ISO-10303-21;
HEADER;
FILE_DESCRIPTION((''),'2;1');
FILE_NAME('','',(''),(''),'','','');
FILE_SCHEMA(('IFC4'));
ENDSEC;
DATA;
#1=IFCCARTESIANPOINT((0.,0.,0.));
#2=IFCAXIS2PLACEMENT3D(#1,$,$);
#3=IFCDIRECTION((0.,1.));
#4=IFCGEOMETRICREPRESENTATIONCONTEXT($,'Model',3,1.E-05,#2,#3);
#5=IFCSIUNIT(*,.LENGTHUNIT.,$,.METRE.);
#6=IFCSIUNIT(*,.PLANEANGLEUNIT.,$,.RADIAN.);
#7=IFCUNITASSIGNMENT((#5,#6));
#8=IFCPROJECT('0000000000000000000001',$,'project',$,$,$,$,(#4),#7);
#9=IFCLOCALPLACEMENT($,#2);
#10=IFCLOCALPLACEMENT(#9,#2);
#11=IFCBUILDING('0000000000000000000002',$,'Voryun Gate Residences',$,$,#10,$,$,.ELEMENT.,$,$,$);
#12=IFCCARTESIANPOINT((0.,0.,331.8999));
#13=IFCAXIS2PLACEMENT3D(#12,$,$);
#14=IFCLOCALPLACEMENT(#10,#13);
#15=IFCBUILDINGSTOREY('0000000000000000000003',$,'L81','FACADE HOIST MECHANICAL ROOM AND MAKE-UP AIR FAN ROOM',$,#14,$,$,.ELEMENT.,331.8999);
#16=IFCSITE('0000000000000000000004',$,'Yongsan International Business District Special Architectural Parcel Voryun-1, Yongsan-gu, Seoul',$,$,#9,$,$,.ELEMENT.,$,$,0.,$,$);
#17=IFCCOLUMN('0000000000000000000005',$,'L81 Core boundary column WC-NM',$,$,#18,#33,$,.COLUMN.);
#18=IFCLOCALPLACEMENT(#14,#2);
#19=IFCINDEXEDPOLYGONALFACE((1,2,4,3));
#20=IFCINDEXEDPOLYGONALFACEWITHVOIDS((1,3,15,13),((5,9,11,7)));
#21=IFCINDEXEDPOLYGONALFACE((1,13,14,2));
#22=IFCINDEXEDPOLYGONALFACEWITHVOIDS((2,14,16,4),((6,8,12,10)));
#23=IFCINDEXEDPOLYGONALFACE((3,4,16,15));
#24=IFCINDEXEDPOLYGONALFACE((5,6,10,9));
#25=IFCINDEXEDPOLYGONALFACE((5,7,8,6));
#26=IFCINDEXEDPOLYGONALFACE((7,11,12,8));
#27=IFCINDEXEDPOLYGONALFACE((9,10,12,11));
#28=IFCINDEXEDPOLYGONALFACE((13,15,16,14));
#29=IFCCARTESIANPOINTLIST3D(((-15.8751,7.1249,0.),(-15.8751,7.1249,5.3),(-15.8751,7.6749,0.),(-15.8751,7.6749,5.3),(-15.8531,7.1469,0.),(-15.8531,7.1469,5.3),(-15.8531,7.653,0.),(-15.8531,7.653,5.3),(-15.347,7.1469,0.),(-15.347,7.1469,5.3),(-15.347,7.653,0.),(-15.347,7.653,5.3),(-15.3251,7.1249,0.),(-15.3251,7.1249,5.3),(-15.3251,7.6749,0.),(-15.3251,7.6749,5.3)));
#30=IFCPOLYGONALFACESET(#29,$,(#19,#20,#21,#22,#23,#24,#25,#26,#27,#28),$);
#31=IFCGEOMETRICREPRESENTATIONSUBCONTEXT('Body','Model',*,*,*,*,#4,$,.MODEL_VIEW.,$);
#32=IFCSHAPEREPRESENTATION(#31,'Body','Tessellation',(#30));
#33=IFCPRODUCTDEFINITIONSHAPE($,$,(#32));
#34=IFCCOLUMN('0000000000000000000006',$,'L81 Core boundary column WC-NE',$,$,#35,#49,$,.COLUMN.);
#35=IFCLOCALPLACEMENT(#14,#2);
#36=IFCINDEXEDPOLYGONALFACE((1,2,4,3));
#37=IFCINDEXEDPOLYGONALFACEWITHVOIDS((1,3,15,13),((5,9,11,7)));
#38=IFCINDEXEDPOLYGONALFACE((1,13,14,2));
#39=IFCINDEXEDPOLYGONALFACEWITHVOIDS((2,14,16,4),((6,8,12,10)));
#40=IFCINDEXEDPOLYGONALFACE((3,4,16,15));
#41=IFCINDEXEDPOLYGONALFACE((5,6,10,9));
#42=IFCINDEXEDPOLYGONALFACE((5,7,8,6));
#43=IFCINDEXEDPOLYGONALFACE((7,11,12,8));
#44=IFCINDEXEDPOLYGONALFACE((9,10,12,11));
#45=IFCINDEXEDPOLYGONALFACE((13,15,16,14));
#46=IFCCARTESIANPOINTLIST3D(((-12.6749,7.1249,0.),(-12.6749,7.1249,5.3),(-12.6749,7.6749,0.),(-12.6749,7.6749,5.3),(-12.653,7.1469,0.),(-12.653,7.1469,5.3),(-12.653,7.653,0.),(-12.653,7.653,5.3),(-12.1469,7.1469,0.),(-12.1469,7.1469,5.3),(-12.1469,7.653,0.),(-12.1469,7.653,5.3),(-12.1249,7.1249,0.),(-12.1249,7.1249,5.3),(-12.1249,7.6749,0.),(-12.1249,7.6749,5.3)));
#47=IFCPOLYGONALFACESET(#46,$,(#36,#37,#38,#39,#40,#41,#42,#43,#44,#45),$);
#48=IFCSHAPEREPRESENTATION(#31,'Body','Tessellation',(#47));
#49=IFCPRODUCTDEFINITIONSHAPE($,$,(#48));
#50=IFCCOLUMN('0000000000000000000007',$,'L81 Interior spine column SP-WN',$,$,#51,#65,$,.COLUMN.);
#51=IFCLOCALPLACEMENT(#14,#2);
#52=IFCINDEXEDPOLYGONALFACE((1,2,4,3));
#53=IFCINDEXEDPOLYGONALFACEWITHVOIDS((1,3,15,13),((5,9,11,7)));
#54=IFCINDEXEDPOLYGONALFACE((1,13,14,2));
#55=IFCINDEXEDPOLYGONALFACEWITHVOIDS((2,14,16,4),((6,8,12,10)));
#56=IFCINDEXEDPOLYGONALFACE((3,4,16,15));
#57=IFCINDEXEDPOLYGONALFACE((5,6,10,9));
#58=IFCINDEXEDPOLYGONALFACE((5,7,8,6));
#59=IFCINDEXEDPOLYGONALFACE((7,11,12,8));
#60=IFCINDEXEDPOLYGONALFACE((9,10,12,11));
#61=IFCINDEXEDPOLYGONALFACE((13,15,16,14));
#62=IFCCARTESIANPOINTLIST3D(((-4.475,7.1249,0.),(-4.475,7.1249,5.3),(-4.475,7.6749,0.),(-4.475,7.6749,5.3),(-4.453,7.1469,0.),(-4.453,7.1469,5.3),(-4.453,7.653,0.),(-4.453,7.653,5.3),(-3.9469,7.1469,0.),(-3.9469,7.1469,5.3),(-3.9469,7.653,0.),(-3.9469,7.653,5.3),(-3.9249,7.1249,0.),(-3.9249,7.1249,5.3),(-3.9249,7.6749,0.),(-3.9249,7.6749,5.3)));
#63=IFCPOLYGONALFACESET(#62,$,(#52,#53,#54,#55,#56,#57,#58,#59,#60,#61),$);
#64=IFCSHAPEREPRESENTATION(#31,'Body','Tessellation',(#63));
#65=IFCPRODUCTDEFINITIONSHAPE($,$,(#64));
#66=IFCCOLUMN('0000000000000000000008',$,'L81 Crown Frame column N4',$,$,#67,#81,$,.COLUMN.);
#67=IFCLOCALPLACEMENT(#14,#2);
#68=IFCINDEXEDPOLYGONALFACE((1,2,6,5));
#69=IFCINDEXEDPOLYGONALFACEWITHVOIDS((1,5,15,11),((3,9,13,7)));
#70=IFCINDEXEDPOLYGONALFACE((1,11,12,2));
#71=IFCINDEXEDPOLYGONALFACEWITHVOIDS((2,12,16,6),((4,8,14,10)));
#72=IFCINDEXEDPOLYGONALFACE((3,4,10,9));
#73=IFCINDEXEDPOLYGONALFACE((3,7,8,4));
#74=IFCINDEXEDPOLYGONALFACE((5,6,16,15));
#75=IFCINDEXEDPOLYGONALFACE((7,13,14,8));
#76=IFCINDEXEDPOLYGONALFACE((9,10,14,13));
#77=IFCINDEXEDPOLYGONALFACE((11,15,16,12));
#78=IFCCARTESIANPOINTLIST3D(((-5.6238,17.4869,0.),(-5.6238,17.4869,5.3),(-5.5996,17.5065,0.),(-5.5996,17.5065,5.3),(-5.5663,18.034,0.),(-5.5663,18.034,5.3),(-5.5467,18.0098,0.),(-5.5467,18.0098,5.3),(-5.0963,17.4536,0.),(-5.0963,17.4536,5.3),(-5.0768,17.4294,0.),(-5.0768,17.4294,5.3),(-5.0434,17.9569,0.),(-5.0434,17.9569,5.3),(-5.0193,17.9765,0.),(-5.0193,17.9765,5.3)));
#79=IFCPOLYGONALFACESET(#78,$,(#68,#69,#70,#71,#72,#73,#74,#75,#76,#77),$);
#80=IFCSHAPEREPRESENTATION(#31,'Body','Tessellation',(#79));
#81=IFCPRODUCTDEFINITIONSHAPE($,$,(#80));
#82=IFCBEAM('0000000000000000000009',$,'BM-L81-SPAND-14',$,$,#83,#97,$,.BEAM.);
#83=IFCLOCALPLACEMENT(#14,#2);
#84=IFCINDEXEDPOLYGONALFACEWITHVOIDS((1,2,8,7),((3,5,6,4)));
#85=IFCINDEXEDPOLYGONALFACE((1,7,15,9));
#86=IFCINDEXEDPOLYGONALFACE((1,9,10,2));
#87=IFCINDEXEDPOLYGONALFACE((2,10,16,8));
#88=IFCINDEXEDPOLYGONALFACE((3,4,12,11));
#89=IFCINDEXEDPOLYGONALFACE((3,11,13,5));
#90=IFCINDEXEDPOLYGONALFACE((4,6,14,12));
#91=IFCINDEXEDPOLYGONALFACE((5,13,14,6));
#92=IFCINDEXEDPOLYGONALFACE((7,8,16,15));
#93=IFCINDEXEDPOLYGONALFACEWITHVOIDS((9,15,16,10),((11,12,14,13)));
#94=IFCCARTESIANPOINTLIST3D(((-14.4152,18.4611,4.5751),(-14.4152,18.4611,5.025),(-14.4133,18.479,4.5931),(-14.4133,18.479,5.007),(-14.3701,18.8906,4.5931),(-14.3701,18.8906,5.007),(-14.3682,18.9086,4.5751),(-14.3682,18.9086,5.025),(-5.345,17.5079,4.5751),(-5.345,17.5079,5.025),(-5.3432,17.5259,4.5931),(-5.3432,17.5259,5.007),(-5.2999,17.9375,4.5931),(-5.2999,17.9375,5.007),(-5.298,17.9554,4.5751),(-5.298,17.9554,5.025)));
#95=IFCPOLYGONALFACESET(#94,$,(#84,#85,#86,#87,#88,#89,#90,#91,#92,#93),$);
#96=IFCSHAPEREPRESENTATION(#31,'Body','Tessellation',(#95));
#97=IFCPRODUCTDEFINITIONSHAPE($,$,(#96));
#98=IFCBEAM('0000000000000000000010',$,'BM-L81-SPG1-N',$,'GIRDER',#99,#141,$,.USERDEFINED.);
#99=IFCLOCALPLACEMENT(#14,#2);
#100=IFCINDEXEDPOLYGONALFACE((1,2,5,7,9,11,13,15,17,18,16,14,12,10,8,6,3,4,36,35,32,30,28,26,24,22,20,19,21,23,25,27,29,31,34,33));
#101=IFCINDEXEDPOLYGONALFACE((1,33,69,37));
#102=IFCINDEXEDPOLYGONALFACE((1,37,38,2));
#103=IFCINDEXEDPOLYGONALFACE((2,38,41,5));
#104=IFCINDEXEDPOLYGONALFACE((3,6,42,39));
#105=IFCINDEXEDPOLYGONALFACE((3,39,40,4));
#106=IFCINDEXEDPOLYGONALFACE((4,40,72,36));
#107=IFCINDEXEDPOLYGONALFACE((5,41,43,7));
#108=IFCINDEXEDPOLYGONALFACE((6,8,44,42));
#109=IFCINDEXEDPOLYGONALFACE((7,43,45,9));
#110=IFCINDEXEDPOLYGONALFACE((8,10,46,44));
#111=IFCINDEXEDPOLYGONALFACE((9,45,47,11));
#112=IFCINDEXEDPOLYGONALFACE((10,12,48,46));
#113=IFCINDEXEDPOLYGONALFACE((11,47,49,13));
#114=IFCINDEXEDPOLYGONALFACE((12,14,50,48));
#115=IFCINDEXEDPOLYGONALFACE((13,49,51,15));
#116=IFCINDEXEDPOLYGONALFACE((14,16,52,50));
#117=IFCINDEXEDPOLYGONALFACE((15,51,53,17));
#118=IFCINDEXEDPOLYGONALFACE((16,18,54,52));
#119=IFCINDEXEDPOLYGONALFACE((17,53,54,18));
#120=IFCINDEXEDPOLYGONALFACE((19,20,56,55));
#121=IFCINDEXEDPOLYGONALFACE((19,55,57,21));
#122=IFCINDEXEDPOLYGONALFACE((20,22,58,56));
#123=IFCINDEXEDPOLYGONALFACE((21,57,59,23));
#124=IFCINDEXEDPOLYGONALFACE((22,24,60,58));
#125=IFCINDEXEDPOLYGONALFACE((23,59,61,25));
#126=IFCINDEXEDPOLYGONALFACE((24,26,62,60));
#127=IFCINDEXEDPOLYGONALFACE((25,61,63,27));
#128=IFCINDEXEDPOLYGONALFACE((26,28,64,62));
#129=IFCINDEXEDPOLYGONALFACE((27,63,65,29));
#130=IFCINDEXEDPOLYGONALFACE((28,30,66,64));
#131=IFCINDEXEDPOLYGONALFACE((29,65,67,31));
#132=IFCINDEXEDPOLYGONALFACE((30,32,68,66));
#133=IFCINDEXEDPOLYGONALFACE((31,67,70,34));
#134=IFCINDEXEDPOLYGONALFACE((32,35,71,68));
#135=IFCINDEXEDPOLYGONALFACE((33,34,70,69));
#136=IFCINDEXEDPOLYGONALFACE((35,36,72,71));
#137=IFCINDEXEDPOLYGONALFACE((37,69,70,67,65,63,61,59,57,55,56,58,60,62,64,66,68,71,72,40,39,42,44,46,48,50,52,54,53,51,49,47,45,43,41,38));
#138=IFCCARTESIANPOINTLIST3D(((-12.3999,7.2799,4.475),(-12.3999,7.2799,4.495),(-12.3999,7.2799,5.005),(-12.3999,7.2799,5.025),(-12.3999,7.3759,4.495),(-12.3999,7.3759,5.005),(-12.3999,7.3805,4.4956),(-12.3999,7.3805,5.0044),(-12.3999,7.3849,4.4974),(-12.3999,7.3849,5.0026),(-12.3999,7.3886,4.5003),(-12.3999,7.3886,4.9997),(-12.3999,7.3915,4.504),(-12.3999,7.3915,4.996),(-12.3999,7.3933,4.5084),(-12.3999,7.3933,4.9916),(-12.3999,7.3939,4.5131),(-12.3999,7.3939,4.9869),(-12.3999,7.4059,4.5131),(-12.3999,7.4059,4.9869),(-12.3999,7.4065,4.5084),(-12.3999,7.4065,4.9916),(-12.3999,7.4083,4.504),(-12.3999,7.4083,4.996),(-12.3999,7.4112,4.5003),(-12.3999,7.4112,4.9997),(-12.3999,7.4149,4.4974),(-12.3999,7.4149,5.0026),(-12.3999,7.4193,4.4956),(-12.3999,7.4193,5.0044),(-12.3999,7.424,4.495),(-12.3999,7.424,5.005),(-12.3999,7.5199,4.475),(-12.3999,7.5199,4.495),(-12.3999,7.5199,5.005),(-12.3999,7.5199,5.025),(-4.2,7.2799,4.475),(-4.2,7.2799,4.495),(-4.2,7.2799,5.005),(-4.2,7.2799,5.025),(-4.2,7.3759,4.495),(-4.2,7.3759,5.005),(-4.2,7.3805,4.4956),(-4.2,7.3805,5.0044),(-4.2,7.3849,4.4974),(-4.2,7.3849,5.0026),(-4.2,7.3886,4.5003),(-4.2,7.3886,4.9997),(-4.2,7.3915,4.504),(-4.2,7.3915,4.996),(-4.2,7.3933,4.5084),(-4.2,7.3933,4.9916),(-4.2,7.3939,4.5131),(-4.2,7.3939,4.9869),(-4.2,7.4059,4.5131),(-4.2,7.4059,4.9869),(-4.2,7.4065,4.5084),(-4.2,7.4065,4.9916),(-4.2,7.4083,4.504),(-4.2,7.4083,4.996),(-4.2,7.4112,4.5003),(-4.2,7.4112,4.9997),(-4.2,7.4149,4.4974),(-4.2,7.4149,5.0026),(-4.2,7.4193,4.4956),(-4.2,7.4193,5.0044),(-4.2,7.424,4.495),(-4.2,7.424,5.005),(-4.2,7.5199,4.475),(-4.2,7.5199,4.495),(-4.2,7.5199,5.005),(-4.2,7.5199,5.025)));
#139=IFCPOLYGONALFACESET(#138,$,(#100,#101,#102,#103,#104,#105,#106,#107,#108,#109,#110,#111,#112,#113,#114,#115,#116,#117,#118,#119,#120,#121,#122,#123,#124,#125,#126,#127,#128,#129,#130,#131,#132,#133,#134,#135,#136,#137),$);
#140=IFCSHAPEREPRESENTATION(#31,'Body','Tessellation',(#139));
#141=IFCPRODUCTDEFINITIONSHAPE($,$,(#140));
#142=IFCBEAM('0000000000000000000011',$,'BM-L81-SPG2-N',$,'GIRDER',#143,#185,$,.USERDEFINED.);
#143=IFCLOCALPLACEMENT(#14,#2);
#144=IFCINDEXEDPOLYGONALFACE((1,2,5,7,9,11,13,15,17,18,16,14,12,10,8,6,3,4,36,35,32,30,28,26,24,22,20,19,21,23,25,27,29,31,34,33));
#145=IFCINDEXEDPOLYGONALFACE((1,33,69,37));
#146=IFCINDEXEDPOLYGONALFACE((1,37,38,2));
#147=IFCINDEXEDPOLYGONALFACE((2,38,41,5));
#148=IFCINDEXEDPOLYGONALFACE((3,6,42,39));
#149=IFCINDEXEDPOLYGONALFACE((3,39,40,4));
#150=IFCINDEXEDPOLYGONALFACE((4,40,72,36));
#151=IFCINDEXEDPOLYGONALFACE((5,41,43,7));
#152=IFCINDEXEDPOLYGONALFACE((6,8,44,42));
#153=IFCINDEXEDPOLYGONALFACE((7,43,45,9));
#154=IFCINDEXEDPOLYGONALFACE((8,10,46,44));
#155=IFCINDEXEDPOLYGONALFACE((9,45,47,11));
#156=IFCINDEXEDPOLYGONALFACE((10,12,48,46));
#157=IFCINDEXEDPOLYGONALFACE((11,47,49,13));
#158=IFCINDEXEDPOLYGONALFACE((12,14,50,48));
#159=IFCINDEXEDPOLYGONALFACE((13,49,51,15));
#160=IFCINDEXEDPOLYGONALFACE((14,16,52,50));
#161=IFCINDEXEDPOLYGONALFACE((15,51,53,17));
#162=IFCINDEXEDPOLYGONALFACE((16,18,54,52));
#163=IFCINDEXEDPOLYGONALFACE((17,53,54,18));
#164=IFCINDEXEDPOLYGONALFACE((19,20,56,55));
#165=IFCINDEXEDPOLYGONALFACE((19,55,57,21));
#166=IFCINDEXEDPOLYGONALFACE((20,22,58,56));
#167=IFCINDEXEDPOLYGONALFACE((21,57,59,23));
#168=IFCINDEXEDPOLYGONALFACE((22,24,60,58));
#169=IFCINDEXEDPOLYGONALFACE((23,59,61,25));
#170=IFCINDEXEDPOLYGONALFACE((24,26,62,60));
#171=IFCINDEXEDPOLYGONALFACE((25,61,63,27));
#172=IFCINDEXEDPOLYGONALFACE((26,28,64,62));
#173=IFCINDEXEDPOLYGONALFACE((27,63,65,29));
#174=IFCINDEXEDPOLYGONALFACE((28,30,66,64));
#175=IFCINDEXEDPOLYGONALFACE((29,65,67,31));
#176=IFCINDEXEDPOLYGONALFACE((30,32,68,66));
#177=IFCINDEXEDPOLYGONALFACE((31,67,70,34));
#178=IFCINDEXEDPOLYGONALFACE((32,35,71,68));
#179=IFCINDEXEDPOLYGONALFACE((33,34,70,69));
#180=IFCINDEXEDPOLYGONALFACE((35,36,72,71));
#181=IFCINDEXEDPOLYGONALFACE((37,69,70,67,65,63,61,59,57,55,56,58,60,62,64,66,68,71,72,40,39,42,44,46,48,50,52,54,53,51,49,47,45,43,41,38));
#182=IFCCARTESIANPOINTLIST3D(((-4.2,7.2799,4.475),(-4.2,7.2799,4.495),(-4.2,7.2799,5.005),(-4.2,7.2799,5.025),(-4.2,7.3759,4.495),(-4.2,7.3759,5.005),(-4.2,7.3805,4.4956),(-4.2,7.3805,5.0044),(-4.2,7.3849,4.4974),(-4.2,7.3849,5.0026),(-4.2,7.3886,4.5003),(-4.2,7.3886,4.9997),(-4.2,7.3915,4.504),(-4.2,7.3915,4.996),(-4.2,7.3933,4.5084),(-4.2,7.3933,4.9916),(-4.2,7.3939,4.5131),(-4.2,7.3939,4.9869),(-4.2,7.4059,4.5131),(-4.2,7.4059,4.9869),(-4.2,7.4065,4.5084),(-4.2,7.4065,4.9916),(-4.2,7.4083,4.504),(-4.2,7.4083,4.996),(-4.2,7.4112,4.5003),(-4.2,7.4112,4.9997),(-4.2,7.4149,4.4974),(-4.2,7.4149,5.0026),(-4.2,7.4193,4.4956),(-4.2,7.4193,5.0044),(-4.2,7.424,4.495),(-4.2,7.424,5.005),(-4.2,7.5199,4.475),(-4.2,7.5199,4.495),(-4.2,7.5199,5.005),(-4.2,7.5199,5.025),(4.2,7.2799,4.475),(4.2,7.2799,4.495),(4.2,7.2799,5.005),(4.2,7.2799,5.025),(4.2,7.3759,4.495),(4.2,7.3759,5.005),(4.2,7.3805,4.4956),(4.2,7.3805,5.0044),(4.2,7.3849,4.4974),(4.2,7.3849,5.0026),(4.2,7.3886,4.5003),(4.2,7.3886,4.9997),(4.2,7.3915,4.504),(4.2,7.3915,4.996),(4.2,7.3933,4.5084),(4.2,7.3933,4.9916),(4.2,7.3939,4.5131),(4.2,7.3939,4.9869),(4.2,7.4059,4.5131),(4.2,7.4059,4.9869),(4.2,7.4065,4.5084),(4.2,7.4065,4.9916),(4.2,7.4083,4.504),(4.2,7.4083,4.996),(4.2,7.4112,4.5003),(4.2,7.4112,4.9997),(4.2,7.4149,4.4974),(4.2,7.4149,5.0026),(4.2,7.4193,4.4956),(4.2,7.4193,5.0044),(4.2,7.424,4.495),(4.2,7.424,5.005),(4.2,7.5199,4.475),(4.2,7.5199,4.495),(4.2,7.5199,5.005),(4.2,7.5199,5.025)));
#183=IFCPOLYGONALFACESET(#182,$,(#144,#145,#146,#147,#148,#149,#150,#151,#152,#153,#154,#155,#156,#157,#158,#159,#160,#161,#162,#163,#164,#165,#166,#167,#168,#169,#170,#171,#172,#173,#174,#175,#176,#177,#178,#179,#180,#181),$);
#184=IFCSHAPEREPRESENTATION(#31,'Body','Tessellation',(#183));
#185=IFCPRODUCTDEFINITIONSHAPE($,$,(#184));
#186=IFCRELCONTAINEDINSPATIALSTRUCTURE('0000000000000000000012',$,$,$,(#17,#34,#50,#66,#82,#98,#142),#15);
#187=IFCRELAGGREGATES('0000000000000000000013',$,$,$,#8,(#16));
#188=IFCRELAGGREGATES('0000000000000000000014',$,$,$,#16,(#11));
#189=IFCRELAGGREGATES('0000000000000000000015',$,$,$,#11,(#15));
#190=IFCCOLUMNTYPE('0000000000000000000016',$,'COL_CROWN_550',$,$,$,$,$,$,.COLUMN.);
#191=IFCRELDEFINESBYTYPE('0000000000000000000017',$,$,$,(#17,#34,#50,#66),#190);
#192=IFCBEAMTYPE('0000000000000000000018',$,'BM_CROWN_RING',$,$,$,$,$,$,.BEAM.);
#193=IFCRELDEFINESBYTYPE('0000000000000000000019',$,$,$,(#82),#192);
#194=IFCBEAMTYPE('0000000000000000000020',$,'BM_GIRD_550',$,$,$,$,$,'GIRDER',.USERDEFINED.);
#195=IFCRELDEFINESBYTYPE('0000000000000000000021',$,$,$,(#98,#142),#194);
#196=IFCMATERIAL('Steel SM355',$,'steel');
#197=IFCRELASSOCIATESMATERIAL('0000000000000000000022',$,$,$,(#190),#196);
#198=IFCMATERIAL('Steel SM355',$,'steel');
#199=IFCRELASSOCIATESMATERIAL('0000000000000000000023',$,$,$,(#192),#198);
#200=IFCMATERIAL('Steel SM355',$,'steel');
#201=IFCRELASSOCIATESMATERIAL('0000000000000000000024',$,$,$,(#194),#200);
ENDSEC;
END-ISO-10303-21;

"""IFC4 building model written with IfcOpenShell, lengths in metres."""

from ifc_helpers import new_model, si_unit, direction, frame, origin, origin_2d, place, context, subcontext, project, spatial, hollow_rectangle, i_section, extrude, material, material_profile, profile_set, type_object, element, save


model = new_model("IFC4")

# Units and contexts
model_context = context("Model", 3, precision=1e-05, world=origin(), true_north=direction((0.0, 1.0)))
body_context = subcontext(model_context, "Body", "Model", "MODEL_VIEW")
ifc_project = project(units=[si_unit("LENGTHUNIT", "METRE"), si_unit("PLANEANGLEUNIT", "RADIAN")], contexts=[model_context])

# Site, building, storey
site_placement = place(None, origin())
site = spatial("IfcSite", under=ifc_project, at=site_placement, Name="Yongsan International Business District Special Architectural Parcel Voryun-1, Yongsan-gu, Seoul", CompositionType="ELEMENT", RefElevation=0.0)
building_placement = place(site_placement, origin())
building = spatial("IfcBuilding", under=site, at=building_placement, Name="Voryun Gate Residences", CompositionType="ELEMENT")
storey_placement = place(building_placement, frame((0.0, 0.0, 331.8999)))
storey = spatial("IfcBuildingStorey", under=building, at=storey_placement, Name="L81", Description="FACADE HOIST MECHANICAL ROOM AND MAKE-UP AIR FAN ROOM", CompositionType="ELEMENT", Elevation=331.8999)

# Columns
ifc_material_1 = material(Name="Steel SM355", Category="steel")
ifc_material_profile_1 = material_profile(ifc_material_1, hollow_rectangle(XDim=0.55, YDim=0.55, WallThickness=0.022, at=origin_2d()), Name="BOX-550x550x22")
ifc_profile_set_1 = profile_set([ifc_material_profile_1], Name="Steel SM355")
column_type = type_object("IfcColumnType", Name="COL_CROWN_550", PredefinedType="COLUMN", material=ifc_profile_set_1)
for number, where, z_axis, x_axis, name in (
    (1, (-15.6001, 7.3999, 0.0), (0.0, 0.0, 1.0), (1.0, 0.0, 0.0), "L81 Core boundary column WC-NM"),
    (2, (-12.3999, 7.3999, 0.0), (0.0, 0.0, 1.0), (1.0, 0.0, 0.0), "L81 Core boundary column WC-NE"),
    (3, (-4.2, 7.3999, 0.0), (0.0, 0.0, 1.0), (1.0, 0.0, 0.0), "L81 Interior spine column SP-WN"),
    (4, (-5.3215, 17.7317, 0.0), (0.0, 0.0, 1.0), (0.994522, -0.104528, 0.0), "L81 Crown Frame column N4"),
):
    element("IfcColumn", number, at=place(storey_placement, frame(where, z_axis=z_axis, x_axis=x_axis)), inside=storey, type_object=column_type, Name=name, PredefinedType="COLUMN", context=body_context, shape_type="SweptSolid", body=[
        extrude(hollow_rectangle(XDim=0.55, YDim=0.55, WallThickness=0.022, at=origin_2d()), origin(), (0.0, 0.0, 1.0), 5.3),
    ])

# Beams
ifc_material_2 = material(Name="Steel SM355", Category="steel")
ifc_material_profile_2 = material_profile(ifc_material_2, hollow_rectangle(XDim=0.45, YDim=0.45, WallThickness=0.0181, at=origin_2d()), Name="BOX-450x450x18")
ifc_profile_set_2 = profile_set([ifc_material_profile_2], Name="Steel SM355")
beam_type_1 = type_object("IfcBeamType", Name="BM_CROWN_RING", PredefinedType="BEAM", material=ifc_profile_set_2)
beam_1_placement = place(storey_placement, frame((-5.3215, 17.7317, 4.8), z_axis=(-0.994524, 0.104509, 0.0), x_axis=(-0.104509, -0.994524, 0.0)))
element("IfcBeam", 5, at=beam_1_placement, inside=storey, type_object=beam_type_1, Name="BM-L81-SPAND-14", PredefinedType="BEAM", context=body_context, shape_type="SweptSolid", body=[
    extrude(hollow_rectangle(XDim=0.45, YDim=0.45, WallThickness=0.0181, at=origin_2d()), origin(), (0.0, 0.0, 1.0), 9.1201),
])
ifc_material_3 = material(Name="Steel SM355", Category="steel")
ifc_material_profile_3 = material_profile(ifc_material_3, i_section(OverallWidth=0.24, OverallDepth=0.55, WebThickness=0.012, FlangeThickness=0.02, FilletRadius=0.0181, at=origin_2d()), Name="H-550x240x12x20")
ifc_profile_set_3 = profile_set([ifc_material_profile_3], Name="Steel SM355")
beam_type_2 = type_object("IfcBeamType", Name="BM_GIRD_550", ElementType="GIRDER", PredefinedType="USERDEFINED", material=ifc_profile_set_3)
beam_2_placement = place(storey_placement, frame((-12.3999, 7.3999, 4.75), z_axis=(1.0, 0.0, 0.0), x_axis=(0.0, 1.0, 0.0)))
element("IfcBeam", 6, at=beam_2_placement, inside=storey, type_object=beam_type_2, Name="BM-L81-SPG1-N", ObjectType="GIRDER", PredefinedType="USERDEFINED", context=body_context, shape_type="SweptSolid", body=[
    extrude(i_section(OverallWidth=0.24, OverallDepth=0.55, WebThickness=0.012, FlangeThickness=0.02, FilletRadius=0.0181, at=origin_2d()), origin(), (0.0, 0.0, 1.0), 8.2),
])
beam_3_placement = place(storey_placement, frame((-4.2, 7.3999, 4.75), z_axis=(1.0, 0.0, 0.0), x_axis=(0.0, 1.0, 0.0)))
element("IfcBeam", 7, at=beam_3_placement, inside=storey, type_object=beam_type_2, Name="BM-L81-SPG2-N", ObjectType="GIRDER", PredefinedType="USERDEFINED", context=body_context, shape_type="SweptSolid", body=[
    extrude(i_section(OverallWidth=0.24, OverallDepth=0.55, WebThickness=0.012, FlangeThickness=0.02, FilletRadius=0.0181, at=origin_2d()), origin(), (0.0, 0.0, 1.0), 8.3999),
])

save(model, "model.ifc")
